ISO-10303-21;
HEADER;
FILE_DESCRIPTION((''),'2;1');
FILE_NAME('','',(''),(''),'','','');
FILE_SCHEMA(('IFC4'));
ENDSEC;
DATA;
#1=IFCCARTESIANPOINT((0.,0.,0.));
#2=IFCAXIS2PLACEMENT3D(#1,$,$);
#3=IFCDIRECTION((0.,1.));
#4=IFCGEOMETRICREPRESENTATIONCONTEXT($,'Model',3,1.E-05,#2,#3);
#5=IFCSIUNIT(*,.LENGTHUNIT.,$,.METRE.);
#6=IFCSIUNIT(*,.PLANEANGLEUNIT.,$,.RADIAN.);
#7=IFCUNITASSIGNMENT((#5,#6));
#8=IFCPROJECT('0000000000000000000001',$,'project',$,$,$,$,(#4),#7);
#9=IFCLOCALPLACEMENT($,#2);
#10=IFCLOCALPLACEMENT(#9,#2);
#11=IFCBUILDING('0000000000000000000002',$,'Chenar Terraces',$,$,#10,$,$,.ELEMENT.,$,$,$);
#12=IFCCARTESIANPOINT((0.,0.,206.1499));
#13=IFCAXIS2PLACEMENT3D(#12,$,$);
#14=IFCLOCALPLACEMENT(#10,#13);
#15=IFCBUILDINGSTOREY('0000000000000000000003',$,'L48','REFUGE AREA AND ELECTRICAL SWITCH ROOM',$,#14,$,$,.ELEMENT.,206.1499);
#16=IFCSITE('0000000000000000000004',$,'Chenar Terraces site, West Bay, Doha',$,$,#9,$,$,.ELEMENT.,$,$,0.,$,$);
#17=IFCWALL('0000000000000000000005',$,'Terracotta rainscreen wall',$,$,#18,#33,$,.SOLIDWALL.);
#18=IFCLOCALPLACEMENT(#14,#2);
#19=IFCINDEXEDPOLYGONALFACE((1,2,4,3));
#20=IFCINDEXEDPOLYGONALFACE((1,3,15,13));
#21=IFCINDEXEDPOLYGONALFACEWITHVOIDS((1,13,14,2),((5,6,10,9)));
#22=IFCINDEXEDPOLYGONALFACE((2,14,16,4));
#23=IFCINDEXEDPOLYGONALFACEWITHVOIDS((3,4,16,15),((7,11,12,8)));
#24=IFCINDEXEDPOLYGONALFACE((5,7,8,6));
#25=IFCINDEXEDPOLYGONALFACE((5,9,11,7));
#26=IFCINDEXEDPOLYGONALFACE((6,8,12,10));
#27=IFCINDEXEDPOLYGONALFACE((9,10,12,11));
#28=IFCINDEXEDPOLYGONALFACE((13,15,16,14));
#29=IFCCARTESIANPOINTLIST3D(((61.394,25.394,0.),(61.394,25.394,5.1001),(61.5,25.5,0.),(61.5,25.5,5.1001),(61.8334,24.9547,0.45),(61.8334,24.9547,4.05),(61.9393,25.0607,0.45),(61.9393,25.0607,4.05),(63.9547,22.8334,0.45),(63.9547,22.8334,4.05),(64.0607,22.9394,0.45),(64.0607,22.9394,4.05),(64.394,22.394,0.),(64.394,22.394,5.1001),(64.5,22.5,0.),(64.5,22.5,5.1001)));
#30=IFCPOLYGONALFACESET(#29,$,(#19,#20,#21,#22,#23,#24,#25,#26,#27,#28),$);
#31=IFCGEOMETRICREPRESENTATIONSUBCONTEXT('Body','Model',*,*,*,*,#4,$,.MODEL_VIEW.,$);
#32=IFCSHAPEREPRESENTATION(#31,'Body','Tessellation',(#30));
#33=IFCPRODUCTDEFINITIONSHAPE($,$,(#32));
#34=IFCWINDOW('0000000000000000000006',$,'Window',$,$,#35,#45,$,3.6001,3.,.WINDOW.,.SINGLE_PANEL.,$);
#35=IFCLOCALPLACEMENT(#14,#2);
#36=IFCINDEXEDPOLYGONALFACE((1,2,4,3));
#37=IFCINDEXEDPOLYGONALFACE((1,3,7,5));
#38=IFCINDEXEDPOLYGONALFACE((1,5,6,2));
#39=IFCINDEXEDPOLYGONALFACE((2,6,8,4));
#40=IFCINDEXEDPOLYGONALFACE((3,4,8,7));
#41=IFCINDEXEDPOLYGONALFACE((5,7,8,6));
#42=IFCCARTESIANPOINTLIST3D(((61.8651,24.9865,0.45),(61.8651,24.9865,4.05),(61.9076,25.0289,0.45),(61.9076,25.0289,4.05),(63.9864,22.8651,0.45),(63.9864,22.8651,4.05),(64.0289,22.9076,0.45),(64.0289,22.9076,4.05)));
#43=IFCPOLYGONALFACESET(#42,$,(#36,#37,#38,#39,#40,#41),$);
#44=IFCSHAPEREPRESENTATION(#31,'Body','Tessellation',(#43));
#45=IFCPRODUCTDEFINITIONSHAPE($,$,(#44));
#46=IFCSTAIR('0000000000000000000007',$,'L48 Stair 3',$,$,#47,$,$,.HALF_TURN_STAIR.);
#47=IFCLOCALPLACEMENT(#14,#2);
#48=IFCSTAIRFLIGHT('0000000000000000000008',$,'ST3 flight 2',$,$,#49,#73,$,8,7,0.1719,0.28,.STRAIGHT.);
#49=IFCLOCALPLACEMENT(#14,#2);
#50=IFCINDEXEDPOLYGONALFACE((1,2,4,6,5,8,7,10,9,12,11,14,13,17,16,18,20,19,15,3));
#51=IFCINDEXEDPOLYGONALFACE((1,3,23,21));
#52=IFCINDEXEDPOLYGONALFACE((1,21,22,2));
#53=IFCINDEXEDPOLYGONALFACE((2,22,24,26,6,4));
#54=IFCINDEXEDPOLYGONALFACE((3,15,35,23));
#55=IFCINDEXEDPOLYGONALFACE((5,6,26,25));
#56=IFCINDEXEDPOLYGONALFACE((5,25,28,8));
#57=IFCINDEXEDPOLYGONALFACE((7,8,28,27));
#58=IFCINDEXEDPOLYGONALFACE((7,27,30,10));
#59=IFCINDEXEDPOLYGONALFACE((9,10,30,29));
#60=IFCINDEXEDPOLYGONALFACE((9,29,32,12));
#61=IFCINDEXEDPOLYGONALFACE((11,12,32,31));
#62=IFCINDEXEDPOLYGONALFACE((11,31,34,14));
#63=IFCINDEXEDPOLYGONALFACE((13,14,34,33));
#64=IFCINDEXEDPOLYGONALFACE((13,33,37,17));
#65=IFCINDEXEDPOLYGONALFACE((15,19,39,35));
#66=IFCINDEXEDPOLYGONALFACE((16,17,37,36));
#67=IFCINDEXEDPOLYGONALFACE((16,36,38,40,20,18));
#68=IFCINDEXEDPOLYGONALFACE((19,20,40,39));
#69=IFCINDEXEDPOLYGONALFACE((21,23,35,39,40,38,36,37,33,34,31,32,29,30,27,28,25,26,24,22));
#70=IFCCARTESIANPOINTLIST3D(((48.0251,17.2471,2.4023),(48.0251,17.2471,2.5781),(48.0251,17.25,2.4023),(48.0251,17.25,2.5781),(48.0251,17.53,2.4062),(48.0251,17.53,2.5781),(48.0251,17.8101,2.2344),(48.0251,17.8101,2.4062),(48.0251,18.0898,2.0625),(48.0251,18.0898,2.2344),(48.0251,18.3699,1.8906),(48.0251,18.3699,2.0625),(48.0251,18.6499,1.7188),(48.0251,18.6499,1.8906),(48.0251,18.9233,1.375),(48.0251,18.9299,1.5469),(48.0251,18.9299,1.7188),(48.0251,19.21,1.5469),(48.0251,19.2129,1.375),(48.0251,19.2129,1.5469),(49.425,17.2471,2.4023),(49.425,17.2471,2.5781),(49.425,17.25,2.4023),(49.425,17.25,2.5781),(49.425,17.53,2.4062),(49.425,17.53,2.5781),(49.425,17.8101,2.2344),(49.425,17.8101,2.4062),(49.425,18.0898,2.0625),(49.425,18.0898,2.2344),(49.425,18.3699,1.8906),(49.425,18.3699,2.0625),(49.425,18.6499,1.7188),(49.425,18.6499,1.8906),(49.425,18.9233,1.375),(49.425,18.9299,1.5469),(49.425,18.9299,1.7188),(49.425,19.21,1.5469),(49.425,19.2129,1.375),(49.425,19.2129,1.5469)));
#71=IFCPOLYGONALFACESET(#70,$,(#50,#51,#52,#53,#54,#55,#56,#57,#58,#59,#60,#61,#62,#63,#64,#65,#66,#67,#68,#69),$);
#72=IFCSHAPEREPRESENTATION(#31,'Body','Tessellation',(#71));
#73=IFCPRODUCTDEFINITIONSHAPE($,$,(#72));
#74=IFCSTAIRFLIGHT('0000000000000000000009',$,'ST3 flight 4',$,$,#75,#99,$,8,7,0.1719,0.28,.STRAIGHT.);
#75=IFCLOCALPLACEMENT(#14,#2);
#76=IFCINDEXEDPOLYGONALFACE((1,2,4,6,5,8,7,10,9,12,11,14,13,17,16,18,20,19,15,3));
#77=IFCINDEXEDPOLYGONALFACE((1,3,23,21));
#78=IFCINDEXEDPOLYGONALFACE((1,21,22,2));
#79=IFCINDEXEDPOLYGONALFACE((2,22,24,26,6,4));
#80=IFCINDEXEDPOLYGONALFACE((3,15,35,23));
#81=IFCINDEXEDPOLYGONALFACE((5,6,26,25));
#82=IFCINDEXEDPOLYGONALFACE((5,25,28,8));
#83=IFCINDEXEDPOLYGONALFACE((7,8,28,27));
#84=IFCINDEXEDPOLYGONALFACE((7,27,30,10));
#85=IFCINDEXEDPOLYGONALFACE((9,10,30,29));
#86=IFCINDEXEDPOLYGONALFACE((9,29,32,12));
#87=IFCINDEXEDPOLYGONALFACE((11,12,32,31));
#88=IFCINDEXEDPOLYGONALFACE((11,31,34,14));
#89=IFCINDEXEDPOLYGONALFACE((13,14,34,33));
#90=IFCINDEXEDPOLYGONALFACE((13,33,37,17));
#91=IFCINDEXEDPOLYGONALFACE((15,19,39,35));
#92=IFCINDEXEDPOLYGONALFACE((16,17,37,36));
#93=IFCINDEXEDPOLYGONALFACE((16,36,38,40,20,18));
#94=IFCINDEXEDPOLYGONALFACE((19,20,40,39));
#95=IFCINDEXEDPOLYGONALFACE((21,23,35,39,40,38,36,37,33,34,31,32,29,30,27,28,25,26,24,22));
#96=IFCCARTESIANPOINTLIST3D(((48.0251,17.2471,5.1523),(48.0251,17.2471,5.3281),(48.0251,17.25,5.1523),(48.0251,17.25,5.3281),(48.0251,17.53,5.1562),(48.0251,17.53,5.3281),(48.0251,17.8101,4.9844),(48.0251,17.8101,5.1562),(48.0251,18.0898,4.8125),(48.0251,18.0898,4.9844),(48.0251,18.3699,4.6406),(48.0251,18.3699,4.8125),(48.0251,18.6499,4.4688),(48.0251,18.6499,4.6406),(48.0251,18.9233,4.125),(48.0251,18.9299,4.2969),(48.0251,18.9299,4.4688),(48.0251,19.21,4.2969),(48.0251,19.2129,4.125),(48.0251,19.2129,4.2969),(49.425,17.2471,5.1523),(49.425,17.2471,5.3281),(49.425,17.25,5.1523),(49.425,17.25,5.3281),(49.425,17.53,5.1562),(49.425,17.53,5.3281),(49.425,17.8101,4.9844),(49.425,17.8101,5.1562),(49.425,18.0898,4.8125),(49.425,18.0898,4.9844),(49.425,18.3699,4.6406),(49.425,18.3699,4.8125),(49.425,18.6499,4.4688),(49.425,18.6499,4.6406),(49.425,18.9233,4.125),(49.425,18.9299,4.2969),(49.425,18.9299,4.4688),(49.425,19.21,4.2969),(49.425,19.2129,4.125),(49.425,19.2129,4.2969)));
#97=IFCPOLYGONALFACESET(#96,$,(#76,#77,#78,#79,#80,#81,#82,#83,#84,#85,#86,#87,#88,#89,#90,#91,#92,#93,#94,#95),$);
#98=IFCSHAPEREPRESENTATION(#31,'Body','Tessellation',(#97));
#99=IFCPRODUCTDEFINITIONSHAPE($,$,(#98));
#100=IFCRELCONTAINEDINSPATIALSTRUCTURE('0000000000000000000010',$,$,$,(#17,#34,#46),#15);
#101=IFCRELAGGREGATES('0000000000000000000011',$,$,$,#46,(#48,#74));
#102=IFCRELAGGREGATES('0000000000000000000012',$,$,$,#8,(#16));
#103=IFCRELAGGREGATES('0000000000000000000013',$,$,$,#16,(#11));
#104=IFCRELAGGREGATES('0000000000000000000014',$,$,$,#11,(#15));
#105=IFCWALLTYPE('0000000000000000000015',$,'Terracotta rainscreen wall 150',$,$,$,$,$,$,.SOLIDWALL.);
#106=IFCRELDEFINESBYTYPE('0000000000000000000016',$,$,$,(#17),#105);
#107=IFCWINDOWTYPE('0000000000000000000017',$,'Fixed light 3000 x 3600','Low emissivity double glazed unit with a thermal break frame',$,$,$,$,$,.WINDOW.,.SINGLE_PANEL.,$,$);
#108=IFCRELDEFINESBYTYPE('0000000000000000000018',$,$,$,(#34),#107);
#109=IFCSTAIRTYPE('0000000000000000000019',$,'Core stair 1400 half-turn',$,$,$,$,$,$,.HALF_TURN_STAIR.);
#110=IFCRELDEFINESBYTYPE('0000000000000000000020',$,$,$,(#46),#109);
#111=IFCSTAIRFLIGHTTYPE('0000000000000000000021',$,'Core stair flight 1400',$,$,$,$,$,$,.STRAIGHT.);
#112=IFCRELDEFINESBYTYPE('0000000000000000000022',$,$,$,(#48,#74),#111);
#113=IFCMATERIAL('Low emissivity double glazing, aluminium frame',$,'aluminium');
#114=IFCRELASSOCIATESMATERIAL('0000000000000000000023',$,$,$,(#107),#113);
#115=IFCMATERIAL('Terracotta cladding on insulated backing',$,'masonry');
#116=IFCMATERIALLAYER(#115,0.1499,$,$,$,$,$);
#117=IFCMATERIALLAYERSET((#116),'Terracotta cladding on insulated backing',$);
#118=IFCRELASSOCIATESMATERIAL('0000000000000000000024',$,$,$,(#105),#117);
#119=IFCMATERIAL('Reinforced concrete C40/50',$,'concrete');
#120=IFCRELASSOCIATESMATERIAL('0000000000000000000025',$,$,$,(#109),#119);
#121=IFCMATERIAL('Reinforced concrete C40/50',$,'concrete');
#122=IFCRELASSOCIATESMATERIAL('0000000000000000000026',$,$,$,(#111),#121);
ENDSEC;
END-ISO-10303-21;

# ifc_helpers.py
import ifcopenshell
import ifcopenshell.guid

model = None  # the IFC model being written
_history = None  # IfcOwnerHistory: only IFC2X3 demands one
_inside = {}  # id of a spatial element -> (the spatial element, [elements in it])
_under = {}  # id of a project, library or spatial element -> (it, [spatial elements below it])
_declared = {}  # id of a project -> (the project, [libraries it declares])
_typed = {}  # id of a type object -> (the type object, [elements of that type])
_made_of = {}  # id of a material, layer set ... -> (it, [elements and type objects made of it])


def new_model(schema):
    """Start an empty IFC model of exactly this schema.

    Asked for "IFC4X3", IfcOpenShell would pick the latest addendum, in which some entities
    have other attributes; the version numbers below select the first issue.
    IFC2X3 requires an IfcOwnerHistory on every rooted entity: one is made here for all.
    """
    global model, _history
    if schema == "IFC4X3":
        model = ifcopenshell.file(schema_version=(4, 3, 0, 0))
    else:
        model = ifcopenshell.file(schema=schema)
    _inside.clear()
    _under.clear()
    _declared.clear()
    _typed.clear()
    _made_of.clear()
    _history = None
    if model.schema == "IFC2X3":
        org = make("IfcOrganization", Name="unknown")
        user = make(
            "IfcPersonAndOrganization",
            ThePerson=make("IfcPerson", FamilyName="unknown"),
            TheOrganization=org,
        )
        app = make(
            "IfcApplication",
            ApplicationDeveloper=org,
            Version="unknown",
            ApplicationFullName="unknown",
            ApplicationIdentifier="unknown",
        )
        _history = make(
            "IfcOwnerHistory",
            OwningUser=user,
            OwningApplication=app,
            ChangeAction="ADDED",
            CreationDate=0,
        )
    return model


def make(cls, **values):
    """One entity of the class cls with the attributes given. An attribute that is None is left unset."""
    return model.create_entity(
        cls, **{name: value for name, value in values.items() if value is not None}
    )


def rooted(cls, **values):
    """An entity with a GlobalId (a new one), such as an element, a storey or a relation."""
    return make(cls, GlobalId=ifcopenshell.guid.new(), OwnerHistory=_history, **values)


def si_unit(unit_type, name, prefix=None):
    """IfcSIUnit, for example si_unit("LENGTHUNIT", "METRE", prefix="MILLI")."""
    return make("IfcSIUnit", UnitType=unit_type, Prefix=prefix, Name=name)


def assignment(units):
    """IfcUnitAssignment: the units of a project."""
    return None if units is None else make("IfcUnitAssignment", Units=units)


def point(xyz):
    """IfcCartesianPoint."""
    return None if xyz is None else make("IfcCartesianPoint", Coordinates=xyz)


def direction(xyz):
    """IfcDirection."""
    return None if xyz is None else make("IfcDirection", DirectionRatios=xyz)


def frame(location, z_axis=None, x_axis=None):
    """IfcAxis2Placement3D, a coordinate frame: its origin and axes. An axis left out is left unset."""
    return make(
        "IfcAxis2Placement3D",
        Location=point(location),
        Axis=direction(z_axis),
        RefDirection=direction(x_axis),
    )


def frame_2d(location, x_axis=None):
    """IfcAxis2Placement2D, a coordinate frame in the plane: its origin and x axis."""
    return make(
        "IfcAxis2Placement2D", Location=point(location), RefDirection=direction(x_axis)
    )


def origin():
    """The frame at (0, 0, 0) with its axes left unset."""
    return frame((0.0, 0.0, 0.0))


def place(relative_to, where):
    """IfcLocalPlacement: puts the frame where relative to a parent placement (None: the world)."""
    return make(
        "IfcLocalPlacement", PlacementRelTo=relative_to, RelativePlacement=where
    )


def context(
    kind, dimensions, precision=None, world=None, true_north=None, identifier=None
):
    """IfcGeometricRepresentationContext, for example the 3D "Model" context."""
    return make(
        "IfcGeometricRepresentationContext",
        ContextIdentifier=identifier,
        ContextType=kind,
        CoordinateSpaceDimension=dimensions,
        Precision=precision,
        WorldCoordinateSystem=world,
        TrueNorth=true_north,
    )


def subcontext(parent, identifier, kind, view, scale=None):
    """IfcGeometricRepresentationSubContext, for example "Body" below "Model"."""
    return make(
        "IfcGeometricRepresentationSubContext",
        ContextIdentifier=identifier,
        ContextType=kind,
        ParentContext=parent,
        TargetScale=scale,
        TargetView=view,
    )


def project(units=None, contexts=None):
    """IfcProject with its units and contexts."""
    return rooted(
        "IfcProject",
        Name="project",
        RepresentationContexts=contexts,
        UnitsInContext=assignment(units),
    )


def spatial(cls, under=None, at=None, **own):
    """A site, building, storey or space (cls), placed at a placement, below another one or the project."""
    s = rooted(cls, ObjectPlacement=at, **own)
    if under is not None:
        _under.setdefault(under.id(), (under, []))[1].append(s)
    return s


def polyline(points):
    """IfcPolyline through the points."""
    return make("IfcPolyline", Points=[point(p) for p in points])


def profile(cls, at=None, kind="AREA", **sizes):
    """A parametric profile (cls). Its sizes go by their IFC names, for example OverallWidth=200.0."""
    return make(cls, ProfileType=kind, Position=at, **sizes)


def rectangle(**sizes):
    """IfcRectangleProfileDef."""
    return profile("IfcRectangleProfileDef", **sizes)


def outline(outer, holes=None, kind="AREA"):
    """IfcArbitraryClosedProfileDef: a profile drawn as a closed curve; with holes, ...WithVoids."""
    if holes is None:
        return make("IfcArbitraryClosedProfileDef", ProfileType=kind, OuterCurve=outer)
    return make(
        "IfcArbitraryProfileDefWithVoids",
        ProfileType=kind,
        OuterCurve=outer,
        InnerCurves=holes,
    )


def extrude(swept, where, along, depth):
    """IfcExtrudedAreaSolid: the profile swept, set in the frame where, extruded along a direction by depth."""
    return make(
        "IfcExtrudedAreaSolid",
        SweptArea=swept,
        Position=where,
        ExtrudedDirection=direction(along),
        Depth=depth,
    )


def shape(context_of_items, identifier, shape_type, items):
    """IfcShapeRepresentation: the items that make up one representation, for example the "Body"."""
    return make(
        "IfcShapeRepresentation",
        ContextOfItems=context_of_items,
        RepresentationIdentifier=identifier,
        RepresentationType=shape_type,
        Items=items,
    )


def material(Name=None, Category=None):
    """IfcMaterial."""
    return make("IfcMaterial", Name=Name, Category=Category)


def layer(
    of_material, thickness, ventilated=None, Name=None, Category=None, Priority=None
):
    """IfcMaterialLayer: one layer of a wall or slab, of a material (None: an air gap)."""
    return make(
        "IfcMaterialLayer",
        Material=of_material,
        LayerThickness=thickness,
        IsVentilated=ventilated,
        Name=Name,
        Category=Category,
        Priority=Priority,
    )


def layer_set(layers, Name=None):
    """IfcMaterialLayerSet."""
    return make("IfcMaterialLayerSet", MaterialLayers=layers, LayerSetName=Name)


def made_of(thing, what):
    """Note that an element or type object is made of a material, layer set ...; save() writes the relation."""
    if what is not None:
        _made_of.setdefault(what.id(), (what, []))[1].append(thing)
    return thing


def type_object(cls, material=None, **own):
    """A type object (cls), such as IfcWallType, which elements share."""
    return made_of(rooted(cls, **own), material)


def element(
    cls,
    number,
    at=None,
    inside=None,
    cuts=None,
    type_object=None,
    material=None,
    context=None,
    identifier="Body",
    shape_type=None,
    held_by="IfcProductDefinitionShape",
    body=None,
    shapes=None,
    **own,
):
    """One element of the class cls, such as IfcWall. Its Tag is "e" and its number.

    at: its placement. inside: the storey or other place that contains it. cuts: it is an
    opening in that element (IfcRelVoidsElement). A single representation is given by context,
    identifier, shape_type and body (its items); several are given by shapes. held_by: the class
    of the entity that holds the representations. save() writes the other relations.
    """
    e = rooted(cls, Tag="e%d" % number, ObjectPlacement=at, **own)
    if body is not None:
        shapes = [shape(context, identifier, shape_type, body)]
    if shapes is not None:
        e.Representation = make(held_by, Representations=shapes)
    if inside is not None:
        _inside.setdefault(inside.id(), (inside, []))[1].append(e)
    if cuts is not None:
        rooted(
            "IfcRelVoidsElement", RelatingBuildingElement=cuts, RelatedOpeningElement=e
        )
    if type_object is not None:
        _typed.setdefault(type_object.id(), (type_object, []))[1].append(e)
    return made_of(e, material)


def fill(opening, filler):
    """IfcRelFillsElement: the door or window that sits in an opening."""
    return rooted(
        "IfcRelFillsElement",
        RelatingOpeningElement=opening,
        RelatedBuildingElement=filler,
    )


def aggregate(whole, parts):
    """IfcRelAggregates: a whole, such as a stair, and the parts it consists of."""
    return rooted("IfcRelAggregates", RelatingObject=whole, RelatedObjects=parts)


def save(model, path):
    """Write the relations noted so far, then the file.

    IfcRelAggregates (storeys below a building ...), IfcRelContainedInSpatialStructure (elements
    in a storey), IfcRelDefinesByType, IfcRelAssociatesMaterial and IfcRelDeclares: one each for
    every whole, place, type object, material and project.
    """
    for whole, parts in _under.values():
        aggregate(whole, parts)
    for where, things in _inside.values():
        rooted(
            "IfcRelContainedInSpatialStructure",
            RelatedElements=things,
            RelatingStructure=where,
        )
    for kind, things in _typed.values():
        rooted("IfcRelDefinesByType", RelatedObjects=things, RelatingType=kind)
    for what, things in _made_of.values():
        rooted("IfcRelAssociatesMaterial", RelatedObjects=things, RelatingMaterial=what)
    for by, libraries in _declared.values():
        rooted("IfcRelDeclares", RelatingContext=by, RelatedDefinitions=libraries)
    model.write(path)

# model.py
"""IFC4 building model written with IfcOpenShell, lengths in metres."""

from ifc_helpers import new_model, si_unit, direction, frame, frame_2d, origin, place, context, subcontext, project, spatial, polyline, rectangle, outline, extrude, material, layer, layer_set, type_object, element, fill, aggregate, save


model = new_model("IFC4")

# Units and contexts
model_context = context("Model", 3, precision=1e-05, world=origin(), true_north=direction((0.0, 1.0)))
body_context = subcontext(model_context, "Body", "Model", "MODEL_VIEW")
ifc_project = project(units=[si_unit("LENGTHUNIT", "METRE"), si_unit("PLANEANGLEUNIT", "RADIAN")], contexts=[model_context])

# Site, building, storey
site_placement = place(None, origin())
site = spatial("IfcSite", under=ifc_project, at=site_placement, Name="Chenar Terraces site, West Bay, Doha", CompositionType="ELEMENT", RefElevation=0.0)
building_placement = place(site_placement, origin())
building = spatial("IfcBuilding", under=site, at=building_placement, Name="Chenar Terraces", CompositionType="ELEMENT")
storey_placement = place(building_placement, frame((0.0, 0.0, 206.1499)))
storey = spatial("IfcBuildingStorey", under=building, at=storey_placement, Name="L48", Description="REFUGE AREA AND ELECTRICAL SWITCH ROOM", CompositionType="ELEMENT", Elevation=206.1499)

# Shared definitions
ifc_material_1 = material(Name="Low emissivity double glazing, aluminium frame", Category="aluminium")
window_type_1 = type_object("IfcWindowType", Name="Fixed light 3000 x 3600", Description="Low emissivity double glazed unit with a thermal break frame", PartitioningType="SINGLE_PANEL", PredefinedType="WINDOW", material=ifc_material_1)

# Wall, opening, window
ifc_material_2 = material(Name="Terracotta cladding on insulated backing", Category="masonry")
ifc_layer_1 = layer(ifc_material_2, 0.1499)
ifc_layer_set_1 = layer_set([ifc_layer_1], Name="Terracotta cladding on insulated backing")
wall_type_1 = type_object("IfcWallType", Name="Terracotta rainscreen wall 150", PredefinedType="SOLIDWALL", material=ifc_layer_set_1)
wall_1_placement = place(storey_placement, frame((64.447, 22.447, 0.0), z_axis=(0.0, 0.0, 1.0), x_axis=(-0.707107, 0.707107, 0.0)))
wall_1 = element("IfcWall", 1, at=wall_1_placement, inside=storey, type_object=wall_type_1, Name="Terracotta rainscreen wall", PredefinedType="SOLIDWALL", context=body_context, shape_type="SweptSolid", body=[
    extrude(rectangle(XDim=4.2427, YDim=0.1499, at=frame_2d((2.1213, 0.0))), origin(), (0.0, 0.0, 1.0), 5.1001),
])
opening_1_placement = place(wall_1_placement, frame((0.6213, 0.0, 0.45)))
opening_1 = element("IfcOpeningElement", 2, at=opening_1_placement, cuts=wall_1, PredefinedType="OPENING", context=body_context, shape_type="SweptSolid", body=[
    extrude(rectangle(XDim=3.0, YDim=3.6001, at=frame_2d((1.5, 1.8))), frame((0.0, 0.085, 0.0), z_axis=(0.0, -1.0, 0.0), x_axis=(1.0, 0.0, 0.0)), (0.0, 0.0, 1.0), 0.1699),
])
window_1_placement = place(opening_1_placement, origin())
window_1 = element("IfcWindow", 3, at=window_1_placement, inside=storey, type_object=window_type_1, Name="Window", OverallHeight=3.6001, OverallWidth=3.0, PartitioningType="SINGLE_PANEL", PredefinedType="WINDOW", context=body_context, shape_type="SweptSolid", body=[
    extrude(rectangle(XDim=3.0, YDim=3.6001, at=frame_2d((1.5, 1.8))), frame((0.0, 0.03, 0.0), z_axis=(0.0, -1.0, 0.0), x_axis=(1.0, 0.0, 0.0)), (0.0, 0.0, 1.0), 0.0601),
])
fill(opening_1, window_1)

# Stair, stair flights
ifc_material_3 = material(Name="Reinforced concrete C40/50", Category="concrete")
stair_type = type_object("IfcStairType", Name="Core stair 1400 half-turn", PredefinedType="HALF_TURN_STAIR", material=ifc_material_3)
stair_placement = place(storey_placement, origin())
stair = element("IfcStair", 4, at=stair_placement, inside=storey, type_object=stair_type, Name="L48 Stair 3", PredefinedType="HALF_TURN_STAIR")
ifc_material_4 = material(Name="Reinforced concrete C40/50", Category="concrete")
stair_flight_type = type_object("IfcStairFlightType", Name="Core stair flight 1400", PredefinedType="STRAIGHT", material=ifc_material_4)
stair_flight_1_placement = place(storey_placement, frame((48.7251, 19.21, 1.375), z_axis=(0.0, 0.0, 1.0), x_axis=(0.0, -1.0, 0.0)))
stair_flight_1 = element("IfcStairFlight", 5, at=stair_flight_1_placement, type_object=stair_flight_type, Name="ST3 flight 2", NumberOfRisers=8, NumberOfTreads=7, PredefinedType="STRAIGHT", RiserHeight=0.1719, TreadLength=0.28, context=body_context, shape_type="SweptSolid", body=[
    extrude(outline(polyline([(-0.0029, 0.0), (-0.0029, 0.1719), (0.0, 0.1719), (0.28, 0.1719), (0.28, 0.3438), (0.5601, 0.3438), (0.5601, 0.5156), (0.8401, 0.5156), (0.8401, 0.6875), (1.1201, 0.6875), (1.1201, 0.8594), (1.3999, 0.8594), (1.3999, 1.0312), (1.6799, 1.0312), (1.6799, 1.2031), (1.96, 1.2031), (1.9629, 1.2031), (1.9629, 1.0273), (1.96, 1.0273), (0.2866, 0.0), (-0.0029, 0.0)])), frame((0.0, 0.7, 0.0), z_axis=(0.0, -1.0, 0.0), x_axis=(1.0, 0.0, 0.0)), (0.0, 0.0, 1.0), 1.3999),
])
stair_flight_2_placement = place(storey_placement, frame((48.7251, 19.21, 4.125), z_axis=(0.0, 0.0, 1.0), x_axis=(0.0, -1.0, 0.0)))
stair_flight_2 = element("IfcStairFlight", 6, at=stair_flight_2_placement, type_object=stair_flight_type, Name="ST3 flight 4", NumberOfRisers=8, NumberOfTreads=7, PredefinedType="STRAIGHT", RiserHeight=0.1719, TreadLength=0.28, context=body_context, shape_type="SweptSolid", body=[
    extrude(outline(polyline([(-0.0029, 0.0), (-0.0029, 0.1719), (0.0, 0.1719), (0.28, 0.1719), (0.28, 0.3438), (0.5601, 0.3438), (0.5601, 0.5156), (0.8401, 0.5156), (0.8401, 0.6875), (1.1201, 0.6875), (1.1201, 0.8594), (1.3999, 0.8594), (1.3999, 1.0312), (1.6799, 1.0312), (1.6799, 1.2031), (1.96, 1.2031), (1.9629, 1.2031), (1.9629, 1.0273), (1.96, 1.0273), (0.2866, 0.0), (-0.0029, 0.0)])), frame((0.0, 0.7, 0.0), z_axis=(0.0, -1.0, 0.0), x_axis=(1.0, 0.0, 0.0)), (0.0, 0.0, 1.0), 1.3999),
])
aggregate(stair, [stair_flight_1, stair_flight_2])

save(model, "model.ifc")
